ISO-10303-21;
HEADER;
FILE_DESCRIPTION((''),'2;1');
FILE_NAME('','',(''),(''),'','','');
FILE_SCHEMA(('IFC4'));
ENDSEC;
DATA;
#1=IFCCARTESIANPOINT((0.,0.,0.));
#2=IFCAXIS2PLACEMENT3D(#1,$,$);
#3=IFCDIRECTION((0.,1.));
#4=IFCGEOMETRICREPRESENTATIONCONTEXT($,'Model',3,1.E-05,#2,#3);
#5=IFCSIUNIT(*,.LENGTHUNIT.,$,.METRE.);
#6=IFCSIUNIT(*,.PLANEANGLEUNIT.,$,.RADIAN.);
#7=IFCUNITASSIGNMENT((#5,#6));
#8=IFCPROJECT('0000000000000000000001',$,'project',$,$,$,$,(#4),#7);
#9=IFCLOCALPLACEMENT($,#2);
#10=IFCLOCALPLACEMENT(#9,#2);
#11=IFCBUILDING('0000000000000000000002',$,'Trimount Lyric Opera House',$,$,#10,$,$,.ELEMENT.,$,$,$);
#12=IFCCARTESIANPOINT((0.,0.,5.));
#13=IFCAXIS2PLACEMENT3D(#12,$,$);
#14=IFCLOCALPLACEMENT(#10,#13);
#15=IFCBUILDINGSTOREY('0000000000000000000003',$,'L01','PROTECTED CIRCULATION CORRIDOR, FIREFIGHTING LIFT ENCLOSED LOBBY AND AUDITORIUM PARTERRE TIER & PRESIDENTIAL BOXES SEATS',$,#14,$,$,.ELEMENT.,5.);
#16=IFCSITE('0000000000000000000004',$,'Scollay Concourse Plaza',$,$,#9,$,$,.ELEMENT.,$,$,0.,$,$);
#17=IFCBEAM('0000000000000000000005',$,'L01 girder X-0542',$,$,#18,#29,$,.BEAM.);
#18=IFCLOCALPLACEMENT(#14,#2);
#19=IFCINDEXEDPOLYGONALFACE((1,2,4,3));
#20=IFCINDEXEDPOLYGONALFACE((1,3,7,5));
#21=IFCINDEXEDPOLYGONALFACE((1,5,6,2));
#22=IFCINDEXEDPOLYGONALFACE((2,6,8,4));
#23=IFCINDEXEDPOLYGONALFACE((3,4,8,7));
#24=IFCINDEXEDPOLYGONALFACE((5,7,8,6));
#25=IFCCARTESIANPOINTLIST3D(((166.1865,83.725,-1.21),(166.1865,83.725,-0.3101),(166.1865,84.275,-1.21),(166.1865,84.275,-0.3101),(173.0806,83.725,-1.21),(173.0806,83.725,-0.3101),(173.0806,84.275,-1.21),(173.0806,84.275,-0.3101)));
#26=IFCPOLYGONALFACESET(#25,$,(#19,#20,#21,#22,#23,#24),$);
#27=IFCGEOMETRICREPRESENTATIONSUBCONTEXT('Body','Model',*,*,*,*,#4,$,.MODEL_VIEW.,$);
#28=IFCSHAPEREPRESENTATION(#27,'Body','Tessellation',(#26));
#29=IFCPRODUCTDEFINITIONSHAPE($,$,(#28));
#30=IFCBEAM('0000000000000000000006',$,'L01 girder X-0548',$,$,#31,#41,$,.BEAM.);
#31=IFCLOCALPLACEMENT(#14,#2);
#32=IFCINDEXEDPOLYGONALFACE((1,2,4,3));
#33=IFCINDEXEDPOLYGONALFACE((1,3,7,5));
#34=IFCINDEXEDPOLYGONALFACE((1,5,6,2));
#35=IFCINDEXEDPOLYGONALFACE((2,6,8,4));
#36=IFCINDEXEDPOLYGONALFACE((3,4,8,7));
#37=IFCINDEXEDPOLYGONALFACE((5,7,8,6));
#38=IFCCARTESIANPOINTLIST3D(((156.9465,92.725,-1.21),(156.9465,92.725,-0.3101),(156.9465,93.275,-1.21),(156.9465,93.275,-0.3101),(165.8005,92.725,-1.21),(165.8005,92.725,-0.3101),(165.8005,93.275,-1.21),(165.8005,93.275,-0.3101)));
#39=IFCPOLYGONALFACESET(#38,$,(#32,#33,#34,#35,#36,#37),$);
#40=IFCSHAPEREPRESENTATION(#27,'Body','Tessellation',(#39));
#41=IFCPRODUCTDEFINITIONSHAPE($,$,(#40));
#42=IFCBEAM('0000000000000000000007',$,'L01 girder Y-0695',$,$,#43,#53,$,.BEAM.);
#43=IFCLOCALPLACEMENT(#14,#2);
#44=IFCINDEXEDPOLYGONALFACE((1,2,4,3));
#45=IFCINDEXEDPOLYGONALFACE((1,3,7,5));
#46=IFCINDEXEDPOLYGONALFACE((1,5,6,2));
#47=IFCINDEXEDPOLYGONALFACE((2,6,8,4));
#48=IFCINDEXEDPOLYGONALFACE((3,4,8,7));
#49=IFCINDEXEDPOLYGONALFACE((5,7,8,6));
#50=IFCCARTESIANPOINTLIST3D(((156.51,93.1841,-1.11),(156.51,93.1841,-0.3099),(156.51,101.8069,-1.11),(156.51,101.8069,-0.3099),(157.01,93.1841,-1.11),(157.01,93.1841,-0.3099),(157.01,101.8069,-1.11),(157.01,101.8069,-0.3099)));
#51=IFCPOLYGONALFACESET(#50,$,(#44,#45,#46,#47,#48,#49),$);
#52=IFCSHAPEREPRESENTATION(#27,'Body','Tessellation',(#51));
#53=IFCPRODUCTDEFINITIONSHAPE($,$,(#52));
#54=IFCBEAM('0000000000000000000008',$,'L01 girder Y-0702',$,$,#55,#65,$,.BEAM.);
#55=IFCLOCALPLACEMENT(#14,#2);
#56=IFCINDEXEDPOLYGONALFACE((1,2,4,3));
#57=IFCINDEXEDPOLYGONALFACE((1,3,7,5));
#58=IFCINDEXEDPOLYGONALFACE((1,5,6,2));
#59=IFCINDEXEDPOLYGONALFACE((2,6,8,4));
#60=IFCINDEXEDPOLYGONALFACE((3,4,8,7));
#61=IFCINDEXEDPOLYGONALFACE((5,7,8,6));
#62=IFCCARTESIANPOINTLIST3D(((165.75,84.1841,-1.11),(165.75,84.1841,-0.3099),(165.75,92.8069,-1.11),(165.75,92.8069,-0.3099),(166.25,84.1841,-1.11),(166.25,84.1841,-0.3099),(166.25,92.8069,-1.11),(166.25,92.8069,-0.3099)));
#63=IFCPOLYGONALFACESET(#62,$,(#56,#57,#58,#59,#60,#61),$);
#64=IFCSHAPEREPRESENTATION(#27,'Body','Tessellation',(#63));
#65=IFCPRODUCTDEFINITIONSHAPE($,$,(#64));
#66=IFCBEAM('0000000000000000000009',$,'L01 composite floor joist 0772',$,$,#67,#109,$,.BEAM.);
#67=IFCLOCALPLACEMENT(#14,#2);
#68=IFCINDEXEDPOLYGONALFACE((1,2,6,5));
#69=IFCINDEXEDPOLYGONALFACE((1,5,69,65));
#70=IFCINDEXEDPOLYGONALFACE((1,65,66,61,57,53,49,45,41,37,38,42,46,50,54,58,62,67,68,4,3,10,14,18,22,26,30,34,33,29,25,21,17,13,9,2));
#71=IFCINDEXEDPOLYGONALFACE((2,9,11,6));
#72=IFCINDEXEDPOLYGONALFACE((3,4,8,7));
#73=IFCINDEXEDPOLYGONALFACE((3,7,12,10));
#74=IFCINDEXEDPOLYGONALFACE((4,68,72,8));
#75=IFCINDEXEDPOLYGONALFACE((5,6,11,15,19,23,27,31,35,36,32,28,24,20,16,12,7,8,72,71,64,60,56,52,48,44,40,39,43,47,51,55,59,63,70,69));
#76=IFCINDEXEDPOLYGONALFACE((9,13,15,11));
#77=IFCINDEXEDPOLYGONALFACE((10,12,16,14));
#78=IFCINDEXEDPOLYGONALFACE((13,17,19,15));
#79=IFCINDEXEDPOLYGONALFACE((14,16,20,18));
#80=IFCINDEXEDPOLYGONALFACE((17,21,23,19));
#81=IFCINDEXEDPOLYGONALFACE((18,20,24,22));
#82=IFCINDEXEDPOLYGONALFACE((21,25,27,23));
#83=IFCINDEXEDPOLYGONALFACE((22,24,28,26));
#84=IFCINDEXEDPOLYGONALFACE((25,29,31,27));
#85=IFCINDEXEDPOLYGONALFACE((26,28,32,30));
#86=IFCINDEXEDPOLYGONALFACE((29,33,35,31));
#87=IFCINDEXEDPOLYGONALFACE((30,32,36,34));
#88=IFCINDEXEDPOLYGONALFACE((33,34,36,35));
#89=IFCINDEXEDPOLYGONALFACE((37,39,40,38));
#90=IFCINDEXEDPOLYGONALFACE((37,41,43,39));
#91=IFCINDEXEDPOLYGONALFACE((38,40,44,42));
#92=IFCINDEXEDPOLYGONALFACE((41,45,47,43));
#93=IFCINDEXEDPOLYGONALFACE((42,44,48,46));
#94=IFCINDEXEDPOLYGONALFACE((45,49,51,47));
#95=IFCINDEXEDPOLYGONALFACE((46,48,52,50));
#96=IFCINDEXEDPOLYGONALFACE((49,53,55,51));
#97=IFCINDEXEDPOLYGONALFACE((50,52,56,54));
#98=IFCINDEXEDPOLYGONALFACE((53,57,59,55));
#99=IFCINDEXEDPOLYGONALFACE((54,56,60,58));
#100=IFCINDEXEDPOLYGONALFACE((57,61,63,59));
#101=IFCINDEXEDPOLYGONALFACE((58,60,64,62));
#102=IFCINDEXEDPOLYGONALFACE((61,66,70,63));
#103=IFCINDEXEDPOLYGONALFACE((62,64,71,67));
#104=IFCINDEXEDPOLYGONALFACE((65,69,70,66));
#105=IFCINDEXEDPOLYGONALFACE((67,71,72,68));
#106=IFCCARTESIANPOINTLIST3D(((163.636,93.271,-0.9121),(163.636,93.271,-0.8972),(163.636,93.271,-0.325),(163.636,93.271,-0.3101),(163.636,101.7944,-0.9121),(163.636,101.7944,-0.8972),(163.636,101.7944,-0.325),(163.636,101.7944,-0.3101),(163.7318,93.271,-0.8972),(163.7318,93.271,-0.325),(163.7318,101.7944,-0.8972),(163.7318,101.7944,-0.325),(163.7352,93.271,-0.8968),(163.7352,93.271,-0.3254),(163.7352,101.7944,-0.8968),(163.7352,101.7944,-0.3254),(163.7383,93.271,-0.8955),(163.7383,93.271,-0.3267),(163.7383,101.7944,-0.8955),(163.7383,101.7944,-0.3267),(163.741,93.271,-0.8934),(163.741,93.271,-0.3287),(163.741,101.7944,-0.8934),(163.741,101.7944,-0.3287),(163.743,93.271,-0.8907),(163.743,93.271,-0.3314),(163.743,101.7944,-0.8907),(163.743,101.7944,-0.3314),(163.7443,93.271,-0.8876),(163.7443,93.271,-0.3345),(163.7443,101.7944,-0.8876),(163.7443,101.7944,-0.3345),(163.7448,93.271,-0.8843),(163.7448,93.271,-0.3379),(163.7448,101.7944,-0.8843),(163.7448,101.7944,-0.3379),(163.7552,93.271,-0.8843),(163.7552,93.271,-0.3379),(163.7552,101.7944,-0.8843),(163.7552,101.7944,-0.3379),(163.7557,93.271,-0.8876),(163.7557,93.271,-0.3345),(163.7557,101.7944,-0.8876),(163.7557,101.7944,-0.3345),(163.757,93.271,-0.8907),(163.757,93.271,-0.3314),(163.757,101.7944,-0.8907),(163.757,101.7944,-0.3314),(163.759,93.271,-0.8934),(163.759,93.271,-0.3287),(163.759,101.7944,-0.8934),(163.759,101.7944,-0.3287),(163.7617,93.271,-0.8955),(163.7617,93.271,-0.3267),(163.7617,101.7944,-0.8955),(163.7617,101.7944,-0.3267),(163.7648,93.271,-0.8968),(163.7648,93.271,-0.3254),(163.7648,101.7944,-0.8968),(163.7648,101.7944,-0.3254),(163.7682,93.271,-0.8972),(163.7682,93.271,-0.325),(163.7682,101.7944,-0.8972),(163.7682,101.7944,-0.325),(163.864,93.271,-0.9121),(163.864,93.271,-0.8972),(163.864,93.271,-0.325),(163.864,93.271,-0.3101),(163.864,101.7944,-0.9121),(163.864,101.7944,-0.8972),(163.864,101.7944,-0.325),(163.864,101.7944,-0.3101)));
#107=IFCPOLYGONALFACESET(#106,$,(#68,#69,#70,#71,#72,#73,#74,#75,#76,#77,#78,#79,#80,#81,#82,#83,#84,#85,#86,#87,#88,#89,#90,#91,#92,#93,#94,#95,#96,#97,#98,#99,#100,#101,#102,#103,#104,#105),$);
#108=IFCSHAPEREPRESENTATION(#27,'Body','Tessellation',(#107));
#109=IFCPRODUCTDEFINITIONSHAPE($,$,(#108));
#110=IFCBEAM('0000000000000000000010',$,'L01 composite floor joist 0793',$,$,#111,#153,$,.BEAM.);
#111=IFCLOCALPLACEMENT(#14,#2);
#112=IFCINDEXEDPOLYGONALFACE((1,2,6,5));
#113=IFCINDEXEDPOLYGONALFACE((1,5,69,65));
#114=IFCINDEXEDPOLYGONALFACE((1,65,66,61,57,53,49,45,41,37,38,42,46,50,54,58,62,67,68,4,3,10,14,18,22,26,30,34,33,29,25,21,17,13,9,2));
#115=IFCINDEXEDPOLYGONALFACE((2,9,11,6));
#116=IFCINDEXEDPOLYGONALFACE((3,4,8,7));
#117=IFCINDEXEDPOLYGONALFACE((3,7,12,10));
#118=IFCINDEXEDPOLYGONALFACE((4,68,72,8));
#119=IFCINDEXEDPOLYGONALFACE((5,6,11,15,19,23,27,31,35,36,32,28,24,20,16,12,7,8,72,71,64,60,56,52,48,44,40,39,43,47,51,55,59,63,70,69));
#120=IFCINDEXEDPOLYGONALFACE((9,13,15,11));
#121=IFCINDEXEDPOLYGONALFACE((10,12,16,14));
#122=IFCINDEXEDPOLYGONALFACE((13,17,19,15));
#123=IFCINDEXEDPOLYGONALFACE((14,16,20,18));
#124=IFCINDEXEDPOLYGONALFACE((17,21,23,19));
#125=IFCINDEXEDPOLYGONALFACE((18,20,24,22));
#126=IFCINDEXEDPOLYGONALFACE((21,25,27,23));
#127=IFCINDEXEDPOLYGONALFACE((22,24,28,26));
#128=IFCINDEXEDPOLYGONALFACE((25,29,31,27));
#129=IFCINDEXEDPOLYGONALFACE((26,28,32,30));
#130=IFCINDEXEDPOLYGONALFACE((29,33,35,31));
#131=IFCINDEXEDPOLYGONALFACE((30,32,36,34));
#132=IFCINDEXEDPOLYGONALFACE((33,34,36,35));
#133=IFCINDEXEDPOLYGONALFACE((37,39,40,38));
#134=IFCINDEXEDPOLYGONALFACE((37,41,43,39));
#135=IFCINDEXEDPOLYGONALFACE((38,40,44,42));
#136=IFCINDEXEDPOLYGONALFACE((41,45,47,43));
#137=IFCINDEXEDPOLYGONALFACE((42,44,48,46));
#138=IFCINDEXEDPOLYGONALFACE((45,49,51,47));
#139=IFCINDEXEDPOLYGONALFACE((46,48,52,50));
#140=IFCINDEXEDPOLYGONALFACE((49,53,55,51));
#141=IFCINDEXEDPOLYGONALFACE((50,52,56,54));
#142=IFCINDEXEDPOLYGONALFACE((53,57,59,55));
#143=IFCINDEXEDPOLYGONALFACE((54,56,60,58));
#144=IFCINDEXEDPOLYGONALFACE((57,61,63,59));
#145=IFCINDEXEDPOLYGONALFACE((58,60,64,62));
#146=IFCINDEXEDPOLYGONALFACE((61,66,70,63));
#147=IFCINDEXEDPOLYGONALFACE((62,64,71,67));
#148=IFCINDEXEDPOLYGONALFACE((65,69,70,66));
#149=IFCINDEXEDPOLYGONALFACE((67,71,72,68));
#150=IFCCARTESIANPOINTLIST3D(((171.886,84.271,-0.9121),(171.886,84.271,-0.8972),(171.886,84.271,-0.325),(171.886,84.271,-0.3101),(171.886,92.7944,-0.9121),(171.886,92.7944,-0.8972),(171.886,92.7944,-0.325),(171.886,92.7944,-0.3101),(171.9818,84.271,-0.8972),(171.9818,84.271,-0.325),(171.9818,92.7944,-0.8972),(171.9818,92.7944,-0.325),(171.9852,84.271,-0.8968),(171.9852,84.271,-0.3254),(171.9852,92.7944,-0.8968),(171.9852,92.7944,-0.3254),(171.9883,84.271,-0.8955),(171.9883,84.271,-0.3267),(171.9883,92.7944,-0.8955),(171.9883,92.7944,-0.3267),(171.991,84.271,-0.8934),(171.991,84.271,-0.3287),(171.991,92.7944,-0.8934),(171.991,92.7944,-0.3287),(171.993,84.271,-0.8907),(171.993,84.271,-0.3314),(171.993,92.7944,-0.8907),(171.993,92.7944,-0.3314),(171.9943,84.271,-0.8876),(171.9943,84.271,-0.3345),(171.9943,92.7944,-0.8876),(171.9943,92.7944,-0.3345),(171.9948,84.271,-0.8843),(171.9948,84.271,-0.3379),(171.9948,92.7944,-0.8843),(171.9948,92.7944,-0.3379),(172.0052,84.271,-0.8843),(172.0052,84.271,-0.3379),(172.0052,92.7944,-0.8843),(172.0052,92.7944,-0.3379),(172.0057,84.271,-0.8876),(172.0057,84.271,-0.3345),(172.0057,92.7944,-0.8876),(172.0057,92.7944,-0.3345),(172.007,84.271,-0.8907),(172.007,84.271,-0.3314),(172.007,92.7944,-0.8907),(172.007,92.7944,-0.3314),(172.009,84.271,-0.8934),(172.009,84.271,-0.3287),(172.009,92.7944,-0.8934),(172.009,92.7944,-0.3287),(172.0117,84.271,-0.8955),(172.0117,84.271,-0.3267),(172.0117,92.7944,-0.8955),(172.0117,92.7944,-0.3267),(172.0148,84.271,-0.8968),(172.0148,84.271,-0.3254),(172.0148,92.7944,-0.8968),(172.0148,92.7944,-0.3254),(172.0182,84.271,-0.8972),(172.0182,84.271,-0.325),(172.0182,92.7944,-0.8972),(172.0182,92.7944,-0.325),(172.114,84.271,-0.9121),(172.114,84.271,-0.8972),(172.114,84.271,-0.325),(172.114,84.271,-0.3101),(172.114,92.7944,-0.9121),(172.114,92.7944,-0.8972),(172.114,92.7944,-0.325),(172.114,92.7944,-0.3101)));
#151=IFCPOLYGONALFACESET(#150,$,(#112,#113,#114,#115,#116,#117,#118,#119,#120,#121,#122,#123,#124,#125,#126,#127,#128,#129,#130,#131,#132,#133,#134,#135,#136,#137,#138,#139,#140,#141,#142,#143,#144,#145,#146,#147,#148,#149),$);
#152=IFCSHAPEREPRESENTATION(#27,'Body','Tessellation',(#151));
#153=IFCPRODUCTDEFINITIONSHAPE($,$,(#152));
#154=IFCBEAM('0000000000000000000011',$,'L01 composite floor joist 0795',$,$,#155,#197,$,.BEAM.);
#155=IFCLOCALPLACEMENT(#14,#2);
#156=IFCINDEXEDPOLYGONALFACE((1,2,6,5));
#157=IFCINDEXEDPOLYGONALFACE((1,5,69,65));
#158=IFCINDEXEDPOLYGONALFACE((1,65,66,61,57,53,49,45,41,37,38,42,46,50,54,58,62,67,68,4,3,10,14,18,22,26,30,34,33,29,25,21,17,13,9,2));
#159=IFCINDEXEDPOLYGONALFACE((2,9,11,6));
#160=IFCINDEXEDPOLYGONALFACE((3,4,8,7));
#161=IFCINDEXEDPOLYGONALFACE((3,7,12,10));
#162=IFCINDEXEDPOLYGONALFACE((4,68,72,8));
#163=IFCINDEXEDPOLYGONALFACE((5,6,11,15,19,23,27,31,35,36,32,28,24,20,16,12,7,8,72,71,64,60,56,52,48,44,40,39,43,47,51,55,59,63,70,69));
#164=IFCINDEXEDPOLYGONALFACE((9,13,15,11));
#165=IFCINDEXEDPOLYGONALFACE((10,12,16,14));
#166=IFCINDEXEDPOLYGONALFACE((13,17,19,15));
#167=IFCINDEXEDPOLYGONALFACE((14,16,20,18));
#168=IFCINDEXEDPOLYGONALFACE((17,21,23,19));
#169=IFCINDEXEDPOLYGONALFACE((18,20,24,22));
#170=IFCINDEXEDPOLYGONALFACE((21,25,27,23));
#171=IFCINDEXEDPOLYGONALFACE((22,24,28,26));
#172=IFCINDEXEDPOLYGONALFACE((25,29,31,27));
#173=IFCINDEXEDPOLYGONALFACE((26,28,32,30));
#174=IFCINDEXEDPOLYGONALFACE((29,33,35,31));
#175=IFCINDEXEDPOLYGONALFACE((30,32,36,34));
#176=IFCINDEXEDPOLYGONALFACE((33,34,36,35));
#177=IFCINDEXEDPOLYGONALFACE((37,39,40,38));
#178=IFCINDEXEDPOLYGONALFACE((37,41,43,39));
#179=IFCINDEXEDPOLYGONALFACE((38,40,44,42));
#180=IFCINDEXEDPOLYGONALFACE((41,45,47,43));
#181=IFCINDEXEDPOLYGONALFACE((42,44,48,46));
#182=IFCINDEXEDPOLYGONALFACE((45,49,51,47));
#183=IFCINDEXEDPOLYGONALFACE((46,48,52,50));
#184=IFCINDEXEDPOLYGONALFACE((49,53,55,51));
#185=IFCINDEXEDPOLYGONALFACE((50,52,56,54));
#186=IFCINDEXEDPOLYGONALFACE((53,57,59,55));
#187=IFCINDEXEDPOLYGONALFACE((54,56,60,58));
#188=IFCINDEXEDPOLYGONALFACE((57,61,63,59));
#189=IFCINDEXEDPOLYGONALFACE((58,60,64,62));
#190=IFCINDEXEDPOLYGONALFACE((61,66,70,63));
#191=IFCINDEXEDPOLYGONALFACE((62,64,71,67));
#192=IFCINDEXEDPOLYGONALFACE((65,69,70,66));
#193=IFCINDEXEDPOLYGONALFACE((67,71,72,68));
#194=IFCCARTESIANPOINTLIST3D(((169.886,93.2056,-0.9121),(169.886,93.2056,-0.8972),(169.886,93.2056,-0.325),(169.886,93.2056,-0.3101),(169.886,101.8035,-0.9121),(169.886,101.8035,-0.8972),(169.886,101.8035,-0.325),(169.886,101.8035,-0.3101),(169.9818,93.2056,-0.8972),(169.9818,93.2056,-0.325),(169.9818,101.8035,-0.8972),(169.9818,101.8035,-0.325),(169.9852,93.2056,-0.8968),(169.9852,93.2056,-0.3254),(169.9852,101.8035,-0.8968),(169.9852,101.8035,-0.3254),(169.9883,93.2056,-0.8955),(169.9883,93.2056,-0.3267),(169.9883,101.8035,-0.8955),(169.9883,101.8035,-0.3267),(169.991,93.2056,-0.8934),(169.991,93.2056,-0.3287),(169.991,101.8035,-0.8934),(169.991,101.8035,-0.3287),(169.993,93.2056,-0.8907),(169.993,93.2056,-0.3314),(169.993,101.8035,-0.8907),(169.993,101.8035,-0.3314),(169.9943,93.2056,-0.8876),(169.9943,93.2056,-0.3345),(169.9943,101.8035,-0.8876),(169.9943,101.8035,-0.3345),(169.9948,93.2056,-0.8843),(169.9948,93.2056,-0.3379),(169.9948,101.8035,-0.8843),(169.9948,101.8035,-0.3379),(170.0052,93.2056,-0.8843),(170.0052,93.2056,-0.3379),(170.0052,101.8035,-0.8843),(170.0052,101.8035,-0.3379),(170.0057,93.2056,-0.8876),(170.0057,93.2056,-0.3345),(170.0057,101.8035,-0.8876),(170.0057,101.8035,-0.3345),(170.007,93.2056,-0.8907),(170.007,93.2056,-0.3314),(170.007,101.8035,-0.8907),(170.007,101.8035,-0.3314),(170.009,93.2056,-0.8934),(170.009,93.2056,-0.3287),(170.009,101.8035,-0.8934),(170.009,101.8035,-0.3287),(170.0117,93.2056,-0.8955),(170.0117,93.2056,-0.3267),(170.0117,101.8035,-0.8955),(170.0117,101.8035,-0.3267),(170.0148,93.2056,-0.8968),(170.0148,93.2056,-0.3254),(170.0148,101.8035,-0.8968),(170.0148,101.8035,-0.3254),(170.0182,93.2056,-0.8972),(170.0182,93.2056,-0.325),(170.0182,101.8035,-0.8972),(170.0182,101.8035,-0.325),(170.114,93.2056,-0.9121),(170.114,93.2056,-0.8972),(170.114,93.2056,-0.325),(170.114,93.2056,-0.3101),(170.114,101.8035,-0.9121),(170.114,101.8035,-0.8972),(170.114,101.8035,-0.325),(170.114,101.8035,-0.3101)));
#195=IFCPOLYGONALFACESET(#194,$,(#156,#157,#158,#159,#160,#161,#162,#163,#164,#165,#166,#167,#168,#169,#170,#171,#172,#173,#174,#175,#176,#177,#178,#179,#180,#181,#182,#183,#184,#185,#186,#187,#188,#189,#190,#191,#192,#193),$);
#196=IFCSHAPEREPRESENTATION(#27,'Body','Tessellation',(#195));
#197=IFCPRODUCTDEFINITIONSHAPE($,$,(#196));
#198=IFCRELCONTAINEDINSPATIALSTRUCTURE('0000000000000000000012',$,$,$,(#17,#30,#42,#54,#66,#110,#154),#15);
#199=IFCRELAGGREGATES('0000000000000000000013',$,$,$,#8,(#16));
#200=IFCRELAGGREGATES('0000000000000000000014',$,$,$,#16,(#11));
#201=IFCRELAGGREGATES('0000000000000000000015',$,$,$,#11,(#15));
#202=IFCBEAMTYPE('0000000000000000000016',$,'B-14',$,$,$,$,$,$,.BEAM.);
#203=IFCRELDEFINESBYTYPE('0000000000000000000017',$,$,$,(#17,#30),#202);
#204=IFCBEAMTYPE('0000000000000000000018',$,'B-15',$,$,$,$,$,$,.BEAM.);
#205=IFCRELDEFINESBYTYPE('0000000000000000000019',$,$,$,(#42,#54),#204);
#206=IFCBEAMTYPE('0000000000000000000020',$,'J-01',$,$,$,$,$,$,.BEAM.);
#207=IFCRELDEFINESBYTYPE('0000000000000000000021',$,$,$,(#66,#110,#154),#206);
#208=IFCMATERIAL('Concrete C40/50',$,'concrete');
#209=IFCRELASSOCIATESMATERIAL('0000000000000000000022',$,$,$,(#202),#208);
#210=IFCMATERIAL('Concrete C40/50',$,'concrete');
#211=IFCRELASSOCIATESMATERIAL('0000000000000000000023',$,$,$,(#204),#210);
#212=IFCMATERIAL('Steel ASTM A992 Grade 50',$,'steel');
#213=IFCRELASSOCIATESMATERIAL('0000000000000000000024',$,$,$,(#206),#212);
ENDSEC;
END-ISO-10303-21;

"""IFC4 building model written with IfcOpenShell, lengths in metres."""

from ifc_helpers import new_model, si_unit, direction, frame, origin, origin_2d, place, context, subcontext, project, spatial, rectangle, i_section, extrude, material, material_profile, profile_set, type_object, element, save


model = new_model("IFC4")

# Units and contexts
model_context = context("Model", 3, precision=1e-05, world=origin(), true_north=direction((0.0, 1.0)))
body_context = subcontext(model_context, "Body", "Model", "MODEL_VIEW")
ifc_project = project(units=[si_unit("LENGTHUNIT", "METRE"), si_unit("PLANEANGLEUNIT", "RADIAN")], contexts=[model_context])

# Site, building, storey
site_placement = place(None, origin())
site = spatial("IfcSite", under=ifc_project, at=site_placement, Name="Scollay Concourse Plaza", CompositionType="ELEMENT", RefElevation=0.0)
building_placement = place(site_placement, origin())
building = spatial("IfcBuilding", under=site, at=building_placement, Name="Trimount Lyric Opera House", CompositionType="ELEMENT")
storey_placement = place(building_placement, frame((0.0, 0.0, 5.0)))
storey = spatial("IfcBuildingStorey", under=building, at=storey_placement, Name="L01", Description="PROTECTED CIRCULATION CORRIDOR, FIREFIGHTING LIFT ENCLOSED LOBBY AND AUDITORIUM PARTERRE TIER & PRESIDENTIAL BOXES SEATS", CompositionType="ELEMENT", Elevation=5.0)

# Beams
ifc_material_1 = material(Name="Concrete C40/50", Category="concrete")
ifc_material_profile_1 = material_profile(ifc_material_1, rectangle(XDim=0.55, YDim=0.8999, at=origin_2d()), Name="RC550X900")
ifc_profile_set_1 = profile_set([ifc_material_profile_1], Name="Concrete C40/50")
beam_type_1 = type_object("IfcBeamType", Name="B-14", PredefinedType="BEAM", material=ifc_profile_set_1)
beam_1_placement = place(storey_placement, frame((166.1865, 84.0, -0.76), z_axis=(1.0, 0.0, 0.0), x_axis=(0.0, 1.0, 0.0)))
element("IfcBeam", 1, at=beam_1_placement, inside=storey, type_object=beam_type_1, Name="L01 girder X-0542", PredefinedType="BEAM", context=body_context, shape_type="SweptSolid", body=[
    extrude(rectangle(XDim=0.55, YDim=0.8999, at=origin_2d()), origin(), (0.0, 0.0, 1.0), 6.894),
])
beam_2_placement = place(storey_placement, frame((156.9465, 93.0, -0.76), z_axis=(1.0, 0.0, 0.0), x_axis=(0.0, 1.0, 0.0)))
element("IfcBeam", 2, at=beam_2_placement, inside=storey, type_object=beam_type_1, Name="L01 girder X-0548", PredefinedType="BEAM", context=body_context, shape_type="SweptSolid", body=[
    extrude(rectangle(XDim=0.55, YDim=0.8999, at=origin_2d()), origin(), (0.0, 0.0, 1.0), 8.854),
])
ifc_material_2 = material(Name="Concrete C40/50", Category="concrete")
ifc_material_profile_2 = material_profile(ifc_material_2, rectangle(XDim=0.5, YDim=0.8, at=origin_2d()), Name="RC500X800")
ifc_profile_set_2 = profile_set([ifc_material_profile_2], Name="Concrete C40/50")
beam_type_2 = type_object("IfcBeamType", Name="B-15", PredefinedType="BEAM", material=ifc_profile_set_2)
for number, where, z_axis, x_axis, name in (
    (3, (156.76, 93.1841, -0.71), (0.0, 1.0, 0.0), (-1.0, 0.0, 0.0), "L01 girder Y-0695"),
    (4, (166.0, 84.1841, -0.71), (0.0, 1.0, 0.0), (-1.0, 0.0, 0.0), "L01 girder Y-0702"),
):
    element("IfcBeam", number, at=place(storey_placement, frame(where, z_axis=z_axis, x_axis=x_axis)), inside=storey, type_object=beam_type_2, Name=name, PredefinedType="BEAM", context=body_context, shape_type="SweptSolid", body=[
        extrude(rectangle(XDim=0.5, YDim=0.8, at=origin_2d()), origin(), (0.0, 0.0, 1.0), 8.6228),
    ])
ifc_material_3 = material(Name="Steel ASTM A992 Grade 50", Category="steel")
ifc_material_profile_3 = material_profile(ifc_material_3, i_section(OverallWidth=0.228, OverallDepth=0.6021, WebThickness=0.0105, FlangeThickness=0.0149, FilletRadius=0.0129, at=origin_2d()), Name="W24X68")
ifc_profile_set_3 = profile_set([ifc_material_profile_3], Name="Steel ASTM A992 Grade 50")
beam_type_3 = type_object("IfcBeamType", Name="J-01", PredefinedType="BEAM", material=ifc_profile_set_3)
for number, where, z_axis, x_axis, name in (
    (5, (163.75, 93.271, -0.6111), (0.0, 1.0, 0.0), (-1.0, 0.0, 0.0), "L01 composite floor joist 0772"),
    (6, (172.0, 84.271, -0.6111), (0.0, 1.0, 0.0), (-1.0, 0.0, 0.0), "L01 composite floor joist 0793"),
):
    element("IfcBeam", number, at=place(storey_placement, frame(where, z_axis=z_axis, x_axis=x_axis)), inside=storey, type_object=beam_type_3, Name=name, PredefinedType="BEAM", context=body_context, shape_type="SweptSolid", body=[
        extrude(i_section(OverallWidth=0.228, OverallDepth=0.6021, WebThickness=0.0105, FlangeThickness=0.0149, FilletRadius=0.0129, at=origin_2d()), origin(), (0.0, 0.0, 1.0), 8.5234),
    ])
beam_3_placement = place(storey_placement, frame((170.0, 93.2056, -0.6111), z_axis=(0.0, 1.0, 0.0), x_axis=(-1.0, 0.0, 0.0)))
element("IfcBeam", 7, at=beam_3_placement, inside=storey, type_object=beam_type_3, Name="L01 composite floor joist 0795", PredefinedType="BEAM", context=body_context, shape_type="SweptSolid", body=[
    extrude(i_section(OverallWidth=0.228, OverallDepth=0.6021, WebThickness=0.0105, FlangeThickness=0.0149, FilletRadius=0.0129, at=origin_2d()), origin(), (0.0, 0.0, 1.0), 8.5979),
])

save(model, "model.ifc")
